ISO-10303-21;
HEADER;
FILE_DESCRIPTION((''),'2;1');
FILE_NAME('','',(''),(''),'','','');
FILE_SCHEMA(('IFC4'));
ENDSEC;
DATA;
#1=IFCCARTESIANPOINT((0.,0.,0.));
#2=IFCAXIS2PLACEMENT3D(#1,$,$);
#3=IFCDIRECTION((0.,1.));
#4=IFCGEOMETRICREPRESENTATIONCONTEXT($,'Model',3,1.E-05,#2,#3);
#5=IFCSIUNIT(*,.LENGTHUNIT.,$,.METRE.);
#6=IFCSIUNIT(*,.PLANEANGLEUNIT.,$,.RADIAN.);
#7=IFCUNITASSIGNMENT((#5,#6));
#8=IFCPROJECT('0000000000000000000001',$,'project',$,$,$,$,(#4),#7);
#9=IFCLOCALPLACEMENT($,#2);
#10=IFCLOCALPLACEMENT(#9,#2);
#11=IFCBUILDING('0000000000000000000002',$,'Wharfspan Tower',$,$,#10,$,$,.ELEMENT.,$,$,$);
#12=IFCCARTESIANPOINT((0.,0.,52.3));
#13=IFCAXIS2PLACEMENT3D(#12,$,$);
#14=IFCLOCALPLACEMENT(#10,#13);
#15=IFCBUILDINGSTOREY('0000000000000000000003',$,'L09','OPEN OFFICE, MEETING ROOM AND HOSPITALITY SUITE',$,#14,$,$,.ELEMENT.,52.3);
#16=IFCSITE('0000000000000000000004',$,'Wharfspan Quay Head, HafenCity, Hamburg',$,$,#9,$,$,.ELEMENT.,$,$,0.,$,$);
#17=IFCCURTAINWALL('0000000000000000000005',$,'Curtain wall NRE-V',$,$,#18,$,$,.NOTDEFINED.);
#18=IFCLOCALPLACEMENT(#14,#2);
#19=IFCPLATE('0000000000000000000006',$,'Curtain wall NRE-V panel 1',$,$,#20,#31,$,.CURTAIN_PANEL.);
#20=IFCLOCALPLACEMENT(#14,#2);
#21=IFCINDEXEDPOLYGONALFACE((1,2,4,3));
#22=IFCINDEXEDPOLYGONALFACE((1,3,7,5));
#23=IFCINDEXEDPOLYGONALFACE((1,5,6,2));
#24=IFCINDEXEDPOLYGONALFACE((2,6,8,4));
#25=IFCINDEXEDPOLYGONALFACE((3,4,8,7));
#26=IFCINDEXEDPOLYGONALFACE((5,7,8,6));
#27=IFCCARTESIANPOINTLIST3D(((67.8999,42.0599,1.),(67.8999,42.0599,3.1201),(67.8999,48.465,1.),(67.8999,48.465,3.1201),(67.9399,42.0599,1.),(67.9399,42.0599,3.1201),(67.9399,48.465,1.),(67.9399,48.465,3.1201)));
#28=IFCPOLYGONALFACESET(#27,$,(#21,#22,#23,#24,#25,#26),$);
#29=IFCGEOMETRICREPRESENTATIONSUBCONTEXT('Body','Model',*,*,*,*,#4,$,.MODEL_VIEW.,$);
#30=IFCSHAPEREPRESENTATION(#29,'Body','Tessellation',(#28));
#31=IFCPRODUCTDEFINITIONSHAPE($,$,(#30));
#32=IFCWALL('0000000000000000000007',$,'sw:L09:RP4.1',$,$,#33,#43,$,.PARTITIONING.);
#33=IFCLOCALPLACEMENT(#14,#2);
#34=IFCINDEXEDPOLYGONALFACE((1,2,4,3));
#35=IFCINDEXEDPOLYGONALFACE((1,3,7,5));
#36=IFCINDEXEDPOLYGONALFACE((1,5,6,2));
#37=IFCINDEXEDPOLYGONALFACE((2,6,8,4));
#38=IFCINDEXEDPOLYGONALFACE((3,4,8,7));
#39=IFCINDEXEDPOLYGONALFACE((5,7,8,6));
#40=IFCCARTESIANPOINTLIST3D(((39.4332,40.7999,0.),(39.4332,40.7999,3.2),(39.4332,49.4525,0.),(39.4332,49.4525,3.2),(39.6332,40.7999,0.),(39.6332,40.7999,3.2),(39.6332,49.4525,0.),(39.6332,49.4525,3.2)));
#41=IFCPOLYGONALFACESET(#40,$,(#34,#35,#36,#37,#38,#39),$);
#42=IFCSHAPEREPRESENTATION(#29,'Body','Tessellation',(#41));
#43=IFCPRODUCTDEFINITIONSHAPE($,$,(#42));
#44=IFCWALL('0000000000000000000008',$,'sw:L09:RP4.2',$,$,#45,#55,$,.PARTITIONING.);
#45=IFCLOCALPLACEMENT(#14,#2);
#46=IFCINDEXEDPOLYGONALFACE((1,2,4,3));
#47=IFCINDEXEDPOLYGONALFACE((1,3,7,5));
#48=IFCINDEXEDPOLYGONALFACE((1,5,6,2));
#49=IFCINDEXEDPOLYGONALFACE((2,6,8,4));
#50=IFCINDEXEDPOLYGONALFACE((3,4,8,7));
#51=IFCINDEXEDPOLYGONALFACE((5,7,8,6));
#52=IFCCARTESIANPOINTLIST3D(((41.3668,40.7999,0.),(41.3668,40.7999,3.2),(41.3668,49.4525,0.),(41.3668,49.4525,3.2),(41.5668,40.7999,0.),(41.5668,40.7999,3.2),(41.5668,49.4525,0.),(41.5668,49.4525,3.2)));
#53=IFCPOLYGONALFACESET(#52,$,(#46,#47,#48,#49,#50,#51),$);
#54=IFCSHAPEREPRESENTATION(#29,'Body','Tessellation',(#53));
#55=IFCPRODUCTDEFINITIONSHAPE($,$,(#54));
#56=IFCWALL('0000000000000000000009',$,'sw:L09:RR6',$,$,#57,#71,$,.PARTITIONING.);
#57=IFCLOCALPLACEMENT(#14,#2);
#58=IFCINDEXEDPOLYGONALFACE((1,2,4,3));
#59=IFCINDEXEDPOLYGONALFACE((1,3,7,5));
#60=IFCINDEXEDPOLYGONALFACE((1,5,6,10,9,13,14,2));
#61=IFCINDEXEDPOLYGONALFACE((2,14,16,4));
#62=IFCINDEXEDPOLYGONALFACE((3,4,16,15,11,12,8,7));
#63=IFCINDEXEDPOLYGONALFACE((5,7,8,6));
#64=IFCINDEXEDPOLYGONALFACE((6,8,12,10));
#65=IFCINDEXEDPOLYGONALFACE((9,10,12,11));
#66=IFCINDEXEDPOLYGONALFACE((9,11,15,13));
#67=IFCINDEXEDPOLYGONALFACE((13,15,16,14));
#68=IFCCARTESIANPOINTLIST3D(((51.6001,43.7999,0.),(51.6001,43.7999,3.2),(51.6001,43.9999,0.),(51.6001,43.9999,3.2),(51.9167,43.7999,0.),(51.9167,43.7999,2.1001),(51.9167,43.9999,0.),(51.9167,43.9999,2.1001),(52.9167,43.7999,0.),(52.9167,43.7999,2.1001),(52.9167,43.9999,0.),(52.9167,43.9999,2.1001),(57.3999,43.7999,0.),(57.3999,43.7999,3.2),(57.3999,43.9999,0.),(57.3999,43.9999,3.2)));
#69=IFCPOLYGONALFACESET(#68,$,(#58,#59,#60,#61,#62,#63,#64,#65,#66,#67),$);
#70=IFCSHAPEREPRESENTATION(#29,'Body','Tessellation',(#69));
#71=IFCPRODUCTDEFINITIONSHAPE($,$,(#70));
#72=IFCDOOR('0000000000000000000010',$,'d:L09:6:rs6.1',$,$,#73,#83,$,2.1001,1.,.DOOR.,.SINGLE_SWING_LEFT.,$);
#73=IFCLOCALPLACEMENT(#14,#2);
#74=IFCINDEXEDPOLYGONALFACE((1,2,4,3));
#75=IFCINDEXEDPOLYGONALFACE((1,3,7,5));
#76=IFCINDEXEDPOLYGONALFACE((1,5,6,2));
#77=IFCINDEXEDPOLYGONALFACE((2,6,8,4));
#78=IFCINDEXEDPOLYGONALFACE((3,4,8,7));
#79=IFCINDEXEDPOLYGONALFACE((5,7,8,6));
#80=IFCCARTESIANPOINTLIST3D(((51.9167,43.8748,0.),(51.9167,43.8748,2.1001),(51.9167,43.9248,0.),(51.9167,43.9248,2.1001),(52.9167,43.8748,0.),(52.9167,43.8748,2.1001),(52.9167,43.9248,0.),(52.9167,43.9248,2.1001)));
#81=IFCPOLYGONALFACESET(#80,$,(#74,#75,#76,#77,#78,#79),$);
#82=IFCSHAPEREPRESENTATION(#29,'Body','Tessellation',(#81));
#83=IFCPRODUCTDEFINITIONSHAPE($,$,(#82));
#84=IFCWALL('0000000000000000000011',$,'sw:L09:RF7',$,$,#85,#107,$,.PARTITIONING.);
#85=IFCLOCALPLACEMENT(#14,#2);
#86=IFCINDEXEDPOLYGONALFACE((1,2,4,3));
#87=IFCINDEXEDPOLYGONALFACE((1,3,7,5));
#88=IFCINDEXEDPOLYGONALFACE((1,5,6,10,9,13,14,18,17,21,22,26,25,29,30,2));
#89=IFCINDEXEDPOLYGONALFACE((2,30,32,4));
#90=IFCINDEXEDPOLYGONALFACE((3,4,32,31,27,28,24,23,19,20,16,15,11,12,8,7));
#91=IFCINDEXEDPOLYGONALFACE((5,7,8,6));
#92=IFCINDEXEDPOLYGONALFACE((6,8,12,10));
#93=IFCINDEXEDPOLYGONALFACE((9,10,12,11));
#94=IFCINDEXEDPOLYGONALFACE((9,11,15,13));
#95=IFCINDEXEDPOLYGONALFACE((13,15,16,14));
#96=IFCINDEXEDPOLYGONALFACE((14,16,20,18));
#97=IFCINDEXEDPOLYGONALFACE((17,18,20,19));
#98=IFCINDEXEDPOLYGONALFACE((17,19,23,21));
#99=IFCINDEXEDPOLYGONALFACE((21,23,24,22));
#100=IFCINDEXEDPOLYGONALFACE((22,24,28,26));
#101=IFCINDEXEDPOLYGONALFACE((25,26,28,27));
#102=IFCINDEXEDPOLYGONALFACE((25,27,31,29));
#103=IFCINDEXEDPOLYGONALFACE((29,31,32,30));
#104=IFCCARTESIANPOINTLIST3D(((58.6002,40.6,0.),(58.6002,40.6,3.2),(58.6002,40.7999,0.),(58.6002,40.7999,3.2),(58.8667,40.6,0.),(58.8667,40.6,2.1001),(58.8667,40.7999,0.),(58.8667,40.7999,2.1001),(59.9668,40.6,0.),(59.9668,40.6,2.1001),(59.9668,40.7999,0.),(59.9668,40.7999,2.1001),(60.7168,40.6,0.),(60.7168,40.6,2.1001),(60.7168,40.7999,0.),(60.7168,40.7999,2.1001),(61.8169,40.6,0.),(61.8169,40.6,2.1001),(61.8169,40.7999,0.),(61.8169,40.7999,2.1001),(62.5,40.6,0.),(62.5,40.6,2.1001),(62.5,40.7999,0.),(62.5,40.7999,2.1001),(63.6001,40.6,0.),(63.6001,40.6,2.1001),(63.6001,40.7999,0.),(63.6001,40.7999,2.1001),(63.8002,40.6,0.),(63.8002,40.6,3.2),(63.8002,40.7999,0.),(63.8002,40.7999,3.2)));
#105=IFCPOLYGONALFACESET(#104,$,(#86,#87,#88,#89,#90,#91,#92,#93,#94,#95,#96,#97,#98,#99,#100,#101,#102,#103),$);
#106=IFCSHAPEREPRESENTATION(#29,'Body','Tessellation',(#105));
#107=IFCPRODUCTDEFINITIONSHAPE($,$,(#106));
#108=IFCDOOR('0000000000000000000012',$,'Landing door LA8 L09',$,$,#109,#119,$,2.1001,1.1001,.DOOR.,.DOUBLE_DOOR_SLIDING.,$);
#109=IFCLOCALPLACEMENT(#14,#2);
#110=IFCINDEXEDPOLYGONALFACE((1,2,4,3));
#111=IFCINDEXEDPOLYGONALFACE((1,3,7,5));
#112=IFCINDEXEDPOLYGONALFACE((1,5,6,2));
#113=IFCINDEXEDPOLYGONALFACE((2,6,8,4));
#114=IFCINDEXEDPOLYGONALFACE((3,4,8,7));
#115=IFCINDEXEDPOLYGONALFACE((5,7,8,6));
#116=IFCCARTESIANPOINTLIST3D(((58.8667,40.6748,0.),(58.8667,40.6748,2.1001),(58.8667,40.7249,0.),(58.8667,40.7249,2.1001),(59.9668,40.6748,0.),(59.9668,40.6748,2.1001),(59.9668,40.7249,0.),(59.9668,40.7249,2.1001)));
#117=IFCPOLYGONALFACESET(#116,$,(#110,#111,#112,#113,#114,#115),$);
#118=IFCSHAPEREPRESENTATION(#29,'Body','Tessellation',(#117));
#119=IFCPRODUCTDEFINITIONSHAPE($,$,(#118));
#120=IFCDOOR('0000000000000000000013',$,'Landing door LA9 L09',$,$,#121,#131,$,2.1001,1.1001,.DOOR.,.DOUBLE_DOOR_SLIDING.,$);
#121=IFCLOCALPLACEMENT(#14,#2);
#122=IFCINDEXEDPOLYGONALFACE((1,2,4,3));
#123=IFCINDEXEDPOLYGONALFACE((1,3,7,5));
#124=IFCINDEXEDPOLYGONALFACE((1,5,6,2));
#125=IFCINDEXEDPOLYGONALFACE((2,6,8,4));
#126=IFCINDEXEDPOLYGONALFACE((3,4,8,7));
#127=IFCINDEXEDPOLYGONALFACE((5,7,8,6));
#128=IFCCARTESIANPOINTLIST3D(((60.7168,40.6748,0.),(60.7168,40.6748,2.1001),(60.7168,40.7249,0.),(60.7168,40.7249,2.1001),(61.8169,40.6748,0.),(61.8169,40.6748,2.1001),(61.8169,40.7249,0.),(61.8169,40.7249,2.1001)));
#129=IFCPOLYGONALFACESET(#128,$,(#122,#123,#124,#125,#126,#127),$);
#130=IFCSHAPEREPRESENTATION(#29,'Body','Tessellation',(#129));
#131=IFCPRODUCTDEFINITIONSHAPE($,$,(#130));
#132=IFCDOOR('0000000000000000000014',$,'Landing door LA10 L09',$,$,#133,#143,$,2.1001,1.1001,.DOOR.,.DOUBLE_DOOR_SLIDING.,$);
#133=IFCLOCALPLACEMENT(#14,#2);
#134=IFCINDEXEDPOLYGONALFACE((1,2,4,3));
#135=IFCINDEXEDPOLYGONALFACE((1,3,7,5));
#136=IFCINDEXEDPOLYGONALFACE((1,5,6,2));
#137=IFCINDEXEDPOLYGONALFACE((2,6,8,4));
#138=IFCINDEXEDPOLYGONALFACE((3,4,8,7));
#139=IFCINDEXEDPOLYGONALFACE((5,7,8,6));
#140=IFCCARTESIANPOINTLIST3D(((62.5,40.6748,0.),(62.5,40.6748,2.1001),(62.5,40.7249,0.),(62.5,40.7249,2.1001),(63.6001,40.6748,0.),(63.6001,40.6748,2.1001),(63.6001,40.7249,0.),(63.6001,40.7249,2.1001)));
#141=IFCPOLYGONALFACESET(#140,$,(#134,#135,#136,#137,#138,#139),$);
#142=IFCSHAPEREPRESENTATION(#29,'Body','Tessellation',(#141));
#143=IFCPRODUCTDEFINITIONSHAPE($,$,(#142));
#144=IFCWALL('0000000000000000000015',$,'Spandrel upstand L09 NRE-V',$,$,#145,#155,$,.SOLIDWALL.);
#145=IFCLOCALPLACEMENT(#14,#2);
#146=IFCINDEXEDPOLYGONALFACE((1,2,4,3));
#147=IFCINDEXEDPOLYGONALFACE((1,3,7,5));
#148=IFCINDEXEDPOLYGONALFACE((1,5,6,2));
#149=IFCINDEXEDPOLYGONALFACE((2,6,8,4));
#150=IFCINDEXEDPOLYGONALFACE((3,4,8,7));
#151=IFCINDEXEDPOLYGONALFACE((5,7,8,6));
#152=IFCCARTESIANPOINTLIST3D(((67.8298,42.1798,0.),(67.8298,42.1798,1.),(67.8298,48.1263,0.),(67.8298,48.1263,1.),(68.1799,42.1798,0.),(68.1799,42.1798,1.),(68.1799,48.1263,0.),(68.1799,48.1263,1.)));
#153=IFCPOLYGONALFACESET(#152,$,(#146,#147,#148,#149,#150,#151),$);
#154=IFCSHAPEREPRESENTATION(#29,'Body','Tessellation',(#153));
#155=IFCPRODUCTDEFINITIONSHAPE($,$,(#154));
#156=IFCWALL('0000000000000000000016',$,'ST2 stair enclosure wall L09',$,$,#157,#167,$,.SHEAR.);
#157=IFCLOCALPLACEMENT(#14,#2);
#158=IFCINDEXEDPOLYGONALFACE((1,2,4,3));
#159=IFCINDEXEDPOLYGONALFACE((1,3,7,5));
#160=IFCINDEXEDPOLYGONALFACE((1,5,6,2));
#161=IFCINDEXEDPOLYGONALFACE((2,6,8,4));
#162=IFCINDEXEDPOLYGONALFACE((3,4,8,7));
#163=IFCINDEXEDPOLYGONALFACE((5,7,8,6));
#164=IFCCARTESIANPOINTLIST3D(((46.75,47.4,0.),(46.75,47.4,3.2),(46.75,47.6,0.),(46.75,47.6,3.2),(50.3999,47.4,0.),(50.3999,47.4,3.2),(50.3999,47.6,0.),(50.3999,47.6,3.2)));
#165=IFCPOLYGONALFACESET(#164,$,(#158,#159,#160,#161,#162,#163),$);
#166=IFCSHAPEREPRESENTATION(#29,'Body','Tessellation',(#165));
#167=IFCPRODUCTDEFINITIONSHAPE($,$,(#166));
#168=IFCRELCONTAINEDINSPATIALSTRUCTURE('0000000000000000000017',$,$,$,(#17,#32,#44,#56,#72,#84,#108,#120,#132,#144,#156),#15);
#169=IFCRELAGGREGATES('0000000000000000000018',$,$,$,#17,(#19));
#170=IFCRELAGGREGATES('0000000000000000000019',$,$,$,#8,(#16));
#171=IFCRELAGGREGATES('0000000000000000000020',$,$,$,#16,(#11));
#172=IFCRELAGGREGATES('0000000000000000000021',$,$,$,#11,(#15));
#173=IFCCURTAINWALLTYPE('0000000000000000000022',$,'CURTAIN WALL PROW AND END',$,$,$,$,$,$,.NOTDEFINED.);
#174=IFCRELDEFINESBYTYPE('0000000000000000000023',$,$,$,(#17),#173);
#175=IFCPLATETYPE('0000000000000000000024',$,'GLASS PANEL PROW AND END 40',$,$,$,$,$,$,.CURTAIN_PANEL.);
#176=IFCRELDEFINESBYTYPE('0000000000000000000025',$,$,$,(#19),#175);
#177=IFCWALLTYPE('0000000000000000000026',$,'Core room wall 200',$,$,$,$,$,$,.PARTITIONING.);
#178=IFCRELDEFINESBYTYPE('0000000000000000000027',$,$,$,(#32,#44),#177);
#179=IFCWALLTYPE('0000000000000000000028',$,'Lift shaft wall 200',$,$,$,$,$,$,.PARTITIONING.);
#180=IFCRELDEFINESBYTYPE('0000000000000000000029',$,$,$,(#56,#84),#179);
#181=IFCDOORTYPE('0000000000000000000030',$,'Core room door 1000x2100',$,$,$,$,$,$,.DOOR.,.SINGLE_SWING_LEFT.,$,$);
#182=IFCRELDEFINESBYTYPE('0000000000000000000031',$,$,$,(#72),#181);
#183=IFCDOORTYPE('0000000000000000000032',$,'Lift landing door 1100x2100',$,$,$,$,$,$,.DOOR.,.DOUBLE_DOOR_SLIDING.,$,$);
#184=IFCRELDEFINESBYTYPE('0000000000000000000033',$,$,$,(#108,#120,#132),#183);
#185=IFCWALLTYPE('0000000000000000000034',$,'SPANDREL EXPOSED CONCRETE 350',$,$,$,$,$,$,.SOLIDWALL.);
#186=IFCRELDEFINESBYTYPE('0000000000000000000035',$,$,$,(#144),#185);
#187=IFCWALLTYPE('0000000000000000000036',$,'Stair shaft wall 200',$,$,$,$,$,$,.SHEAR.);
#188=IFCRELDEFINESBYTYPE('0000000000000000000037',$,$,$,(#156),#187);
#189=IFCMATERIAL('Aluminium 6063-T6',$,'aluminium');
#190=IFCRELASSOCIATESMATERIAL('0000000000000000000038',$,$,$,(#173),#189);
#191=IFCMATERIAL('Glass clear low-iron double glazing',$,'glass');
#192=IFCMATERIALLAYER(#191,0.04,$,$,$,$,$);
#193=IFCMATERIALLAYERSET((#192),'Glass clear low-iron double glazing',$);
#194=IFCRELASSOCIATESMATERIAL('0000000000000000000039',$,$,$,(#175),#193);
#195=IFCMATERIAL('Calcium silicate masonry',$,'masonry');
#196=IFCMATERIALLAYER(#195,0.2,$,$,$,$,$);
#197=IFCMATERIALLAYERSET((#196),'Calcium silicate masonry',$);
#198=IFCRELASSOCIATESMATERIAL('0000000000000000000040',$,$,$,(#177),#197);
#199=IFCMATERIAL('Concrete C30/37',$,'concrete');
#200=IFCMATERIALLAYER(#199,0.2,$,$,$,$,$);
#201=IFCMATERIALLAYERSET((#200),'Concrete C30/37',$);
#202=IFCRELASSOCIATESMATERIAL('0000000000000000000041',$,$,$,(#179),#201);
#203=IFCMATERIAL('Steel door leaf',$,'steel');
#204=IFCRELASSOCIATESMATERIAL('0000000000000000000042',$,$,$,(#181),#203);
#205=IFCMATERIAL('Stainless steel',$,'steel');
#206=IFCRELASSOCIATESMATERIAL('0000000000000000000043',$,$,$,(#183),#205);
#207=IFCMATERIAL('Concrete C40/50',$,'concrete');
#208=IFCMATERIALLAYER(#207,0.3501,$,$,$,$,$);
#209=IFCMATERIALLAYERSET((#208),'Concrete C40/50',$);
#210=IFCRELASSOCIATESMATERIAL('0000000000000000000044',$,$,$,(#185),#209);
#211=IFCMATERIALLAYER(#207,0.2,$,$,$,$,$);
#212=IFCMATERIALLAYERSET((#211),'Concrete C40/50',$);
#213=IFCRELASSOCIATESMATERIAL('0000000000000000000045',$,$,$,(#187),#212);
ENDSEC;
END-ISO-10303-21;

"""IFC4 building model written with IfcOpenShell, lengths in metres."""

from ifc_helpers import new_model, si_unit, direction, frame, frame_2d, origin, origin_2d, place, context, subcontext, project, spatial, rectangle, extrude, material, layer, layer_set, type_object, element, fill, aggregate, save


model = new_model("IFC4")

# Units and contexts
model_context = context("Model", 3, precision=1e-05, world=origin(), true_north=direction((0.0, 1.0)))
body_context = subcontext(model_context, "Body", "Model", "MODEL_VIEW")
ifc_project = project(units=[si_unit("LENGTHUNIT", "METRE"), si_unit("PLANEANGLEUNIT", "RADIAN")], contexts=[model_context])

# Site, building, storey
site_placement = place(None, origin())
site = spatial("IfcSite", under=ifc_project, at=site_placement, Name="Wharfspan Quay Head, HafenCity, Hamburg", CompositionType="ELEMENT", RefElevation=0.0)
building_placement = place(site_placement, origin())
building = spatial("IfcBuilding", under=site, at=building_placement, Name="Wharfspan Tower", CompositionType="ELEMENT")
storey_placement = place(building_placement, frame((0.0, 0.0, 52.3)))
storey = spatial("IfcBuildingStorey", under=building, at=storey_placement, Name="L09", Description="OPEN OFFICE, MEETING ROOM AND HOSPITALITY SUITE", CompositionType="ELEMENT", Elevation=52.3)

# Shared definitions
ifc_material_1 = material(Name="Aluminium 6063-T6", Category="aluminium")
curtain_wall_type = type_object("IfcCurtainWallType", Name="CURTAIN WALL PROW AND END", PredefinedType="NOTDEFINED", material=ifc_material_1)

# Curtain wall
curtain_wall_1_placement = place(storey_placement, origin())
curtain_wall_1 = element("IfcCurtainWall", 1, at=curtain_wall_1_placement, inside=storey, type_object=curtain_wall_type, Name="Curtain wall NRE-V", PredefinedType="NOTDEFINED")

# Plate
ifc_material_2 = material(Name="Glass clear low-iron double glazing", Category="glass")
ifc_layer_1 = layer(ifc_material_2, 0.04)
ifc_layer_set_1 = layer_set([ifc_layer_1], Name="Glass clear low-iron double glazing")
plate_type = type_object("IfcPlateType", Name="GLASS PANEL PROW AND END 40", PredefinedType="CURTAIN_PANEL", material=ifc_layer_set_1)
plate_placement = place(storey_placement, frame((67.9199, 45.2625, 1.0), z_axis=(0.0, 0.0, 1.0), x_axis=(0.0, 1.0, 0.0)))
plate = element("IfcPlate", 2, at=plate_placement, type_object=plate_type, Name="Curtain wall NRE-V panel 1", PredefinedType="CURTAIN_PANEL", context=body_context, shape_type="SweptSolid", body=[
    extrude(rectangle(XDim=6.405, YDim=0.04, at=origin_2d()), origin(), (0.0, 0.0, 1.0), 2.1201),
])
aggregate(curtain_wall_1, [plate])

# Walls
ifc_material_3 = material(Name="Calcium silicate masonry", Category="masonry")
ifc_layer_2 = layer(ifc_material_3, 0.2)
ifc_layer_set_2 = layer_set([ifc_layer_2], Name="Calcium silicate masonry")
wall_type_1 = type_object("IfcWallType", Name="Core room wall 200", PredefinedType="PARTITIONING", material=ifc_layer_set_2)
for number, where, z_axis, x_axis, name in (
    (3, (39.5332, 40.8, 0.0), (0.0, 0.0, 1.0), (0.0, 1.0, 0.0), "sw:L09:RP4.1"),
    (4, (41.4668, 40.8, 0.0), (0.0, 0.0, 1.0), (0.0, 1.0, 0.0), "sw:L09:RP4.2"),
):
    element("IfcWall", number, at=place(storey_placement, frame(where, z_axis=z_axis, x_axis=x_axis)), inside=storey, type_object=wall_type_1, Name=name, PredefinedType="PARTITIONING", context=body_context, shape_type="SweptSolid", body=[
        extrude(rectangle(XDim=8.6526, YDim=0.2, at=frame_2d((4.3262, 0.0))), origin(), (0.0, 0.0, 1.0), 3.2),
    ])

# Wall, opening, door
ifc_material_4 = material(Name="Concrete C30/37", Category="concrete")
ifc_layer_3 = layer(ifc_material_4, 0.2)
ifc_layer_set_3 = layer_set([ifc_layer_3], Name="Concrete C30/37")
wall_type_2 = type_object("IfcWallType", Name="Lift shaft wall 200", PredefinedType="PARTITIONING", material=ifc_layer_set_3)
wall_1_placement = place(storey_placement, frame((51.6001, 43.8999, 0.0), z_axis=(0.0, 0.0, 1.0), x_axis=(1.0, 0.0, 0.0)))
wall_1 = element("IfcWall", 5, at=wall_1_placement, inside=storey, type_object=wall_type_2, Name="sw:L09:RR6", PredefinedType="PARTITIONING", context=body_context, shape_type="SweptSolid", body=[
    extrude(rectangle(XDim=5.7998, YDim=0.2, at=frame_2d((2.8999, 0.0))), origin(), (0.0, 0.0, 1.0), 3.2),
])
opening_1_placement = place(wall_1_placement, frame((0.3166, 0.0, 0.0)))
opening_1 = element("IfcOpeningElement", 6, at=opening_1_placement, cuts=wall_1, PredefinedType="OPENING", context=body_context, shape_type="SweptSolid", body=[
    extrude(rectangle(XDim=1.0, YDim=2.1001, at=frame_2d((0.5, 1.05))), frame((0.0, 0.1099, 0.0), z_axis=(0.0, -1.0, 0.0), x_axis=(1.0, 0.0, 0.0)), (0.0, 0.0, 1.0), 0.22),
])
ifc_material_5 = material(Name="Steel door leaf", Category="steel")
door_type_1 = type_object("IfcDoorType", Name="Core room door 1000x2100", OperationType="SINGLE_SWING_LEFT", PredefinedType="DOOR", material=ifc_material_5)
door_1_placement = place(opening_1_placement, origin())
door_1 = element("IfcDoor", 7, at=door_1_placement, inside=storey, type_object=door_type_1, Name="d:L09:6:rs6.1", OperationType="SINGLE_SWING_LEFT", OverallHeight=2.1001, OverallWidth=1.0, PredefinedType="DOOR", context=body_context, shape_type="SweptSolid", body=[
    extrude(rectangle(XDim=1.0, YDim=2.1001, at=frame_2d((0.5, 1.05))), frame((0.0, 0.0249, 0.0), z_axis=(0.0, -1.0, 0.0), x_axis=(1.0, 0.0, 0.0)), (0.0, 0.0, 1.0), 0.05),
])
fill(opening_1, door_1)

# Wall, openings, doors
wall_2_placement = place(storey_placement, frame((58.6001, 40.7, 0.0), z_axis=(0.0, 0.0, 1.0), x_axis=(1.0, 0.0, 0.0)))
wall_2 = element("IfcWall", 8, at=wall_2_placement, inside=storey, type_object=wall_type_2, Name="sw:L09:RF7", PredefinedType="PARTITIONING", context=body_context, shape_type="SweptSolid", body=[
    extrude(rectangle(XDim=5.2, YDim=0.2, at=frame_2d((2.6001, 0.0))), origin(), (0.0, 0.0, 1.0), 3.2),
])
opening_2_placement = place(wall_2_placement, frame((0.2666, 0.0, 0.0)))
opening_2 = element("IfcOpeningElement", 9, at=opening_2_placement, cuts=wall_2, PredefinedType="OPENING", context=body_context, shape_type="SweptSolid", body=[
    extrude(rectangle(XDim=1.1001, YDim=2.1001, at=frame_2d((0.55, 1.05))), frame((0.0, 0.1099, 0.0), z_axis=(0.0, -1.0, 0.0), x_axis=(1.0, 0.0, 0.0)), (0.0, 0.0, 1.0), 0.22),
])
opening_3_placement = place(wall_2_placement, frame((2.1167, 0.0, 0.0)))
opening_3 = element("IfcOpeningElement", 10, at=opening_3_placement, cuts=wall_2, PredefinedType="OPENING", context=body_context, shape_type="SweptSolid", body=[
    extrude(rectangle(XDim=1.1001, YDim=2.1001, at=frame_2d((0.55, 1.05))), frame((0.0, 0.1099, 0.0), z_axis=(0.0, -1.0, 0.0), x_axis=(1.0, 0.0, 0.0)), (0.0, 0.0, 1.0), 0.22),
])
opening_4_placement = place(wall_2_placement, frame((3.8999, 0.0, 0.0)))
opening_4 = element("IfcOpeningElement", 11, at=opening_4_placement, cuts=wall_2, PredefinedType="OPENING", context=body_context, shape_type="SweptSolid", body=[
    extrude(rectangle(XDim=1.1001, YDim=2.1001, at=frame_2d((0.55, 1.05))), frame((0.0, 0.1099, 0.0), z_axis=(0.0, -1.0, 0.0), x_axis=(1.0, 0.0, 0.0)), (0.0, 0.0, 1.0), 0.22),
])
ifc_material_6 = material(Name="Stainless steel", Category="steel")
door_type_2 = type_object("IfcDoorType", Name="Lift landing door 1100x2100", OperationType="DOUBLE_DOOR_SLIDING", PredefinedType="DOOR", material=ifc_material_6)
door_2_placement = place(opening_2_placement, origin())
door_2 = element("IfcDoor", 12, at=door_2_placement, inside=storey, type_object=door_type_2, Name="Landing door LA8 L09", OperationType="DOUBLE_DOOR_SLIDING", OverallHeight=2.1001, OverallWidth=1.1001, PredefinedType="DOOR", context=body_context, shape_type="SweptSolid", body=[
    extrude(rectangle(XDim=1.1001, YDim=2.1001, at=frame_2d((0.55, 1.05))), frame((0.0, 0.0249, 0.0), z_axis=(0.0, -1.0, 0.0), x_axis=(1.0, 0.0, 0.0)), (0.0, 0.0, 1.0), 0.05),
])
fill(opening_2, door_2)
door_3_placement = place(opening_3_placement, origin())
door_3 = element("IfcDoor", 13, at=door_3_placement, inside=storey, type_object=door_type_2, Name="Landing door LA9 L09", OperationType="DOUBLE_DOOR_SLIDING", OverallHeight=2.1001, OverallWidth=1.1001, PredefinedType="DOOR", context=body_context, shape_type="SweptSolid", body=[
    extrude(rectangle(XDim=1.1001, YDim=2.1001, at=frame_2d((0.55, 1.05))), frame((0.0, 0.0249, 0.0), z_axis=(0.0, -1.0, 0.0), x_axis=(1.0, 0.0, 0.0)), (0.0, 0.0, 1.0), 0.05),
])
fill(opening_3, door_3)
door_4_placement = place(opening_4_placement, origin())
door_4 = element("IfcDoor", 14, at=door_4_placement, inside=storey, type_object=door_type_2, Name="Landing door LA10 L09", OperationType="DOUBLE_DOOR_SLIDING", OverallHeight=2.1001, OverallWidth=1.1001, PredefinedType="DOOR", context=body_context, shape_type="SweptSolid", body=[
    extrude(rectangle(XDim=1.1001, YDim=2.1001, at=frame_2d((0.55, 1.05))), frame((0.0, 0.0249, 0.0), z_axis=(0.0, -1.0, 0.0), x_axis=(1.0, 0.0, 0.0)), (0.0, 0.0, 1.0), 0.05),
])
fill(opening_4, door_4)

# Walls
ifc_material_7 = material(Name="Concrete C40/50", Category="concrete")
ifc_layer_4 = layer(ifc_material_7, 0.3501)
ifc_layer_set_4 = layer_set([ifc_layer_4], Name="Concrete C40/50")
wall_type_3 = type_object("IfcWallType", Name="SPANDREL EXPOSED CONCRETE 350", PredefinedType="SOLIDWALL", material=ifc_layer_set_4)
wall_3_placement = place(storey_placement, frame((68.0049, 42.1799, 0.0), z_axis=(0.0, 0.0, 1.0), x_axis=(0.0, 1.0, 0.0)))
element("IfcWall", 15, at=wall_3_placement, inside=storey, type_object=wall_type_3, Name="Spandrel upstand L09 NRE-V", PredefinedType="SOLIDWALL", context=body_context, shape_type="SweptSolid", body=[
    extrude(rectangle(XDim=5.9465, YDim=0.3501, at=frame_2d((2.9731, 0.0))), origin(), (0.0, 0.0, 1.0), 1.0),
])
ifc_layer_5 = layer(ifc_material_7, 0.2)
ifc_layer_set_5 = layer_set([ifc_layer_5], Name="Concrete C40/50")
wall_type_4 = type_object("IfcWallType", Name="Stair shaft wall 200", PredefinedType="SHEAR", material=ifc_layer_set_5)
wall_4_placement = place(storey_placement, frame((46.75, 47.5, 0.0), z_axis=(0.0, 0.0, 1.0), x_axis=(1.0, 0.0, 0.0)))
element("IfcWall", 16, at=wall_4_placement, inside=storey, type_object=wall_type_4, Name="ST2 stair enclosure wall L09", PredefinedType="SHEAR", context=body_context, shape_type="SweptSolid", body=[
    extrude(rectangle(XDim=3.6499, YDim=0.2, at=frame_2d((1.825, 0.0))), origin(), (0.0, 0.0, 1.0), 3.2),
])

save(model, "model.ifc")
